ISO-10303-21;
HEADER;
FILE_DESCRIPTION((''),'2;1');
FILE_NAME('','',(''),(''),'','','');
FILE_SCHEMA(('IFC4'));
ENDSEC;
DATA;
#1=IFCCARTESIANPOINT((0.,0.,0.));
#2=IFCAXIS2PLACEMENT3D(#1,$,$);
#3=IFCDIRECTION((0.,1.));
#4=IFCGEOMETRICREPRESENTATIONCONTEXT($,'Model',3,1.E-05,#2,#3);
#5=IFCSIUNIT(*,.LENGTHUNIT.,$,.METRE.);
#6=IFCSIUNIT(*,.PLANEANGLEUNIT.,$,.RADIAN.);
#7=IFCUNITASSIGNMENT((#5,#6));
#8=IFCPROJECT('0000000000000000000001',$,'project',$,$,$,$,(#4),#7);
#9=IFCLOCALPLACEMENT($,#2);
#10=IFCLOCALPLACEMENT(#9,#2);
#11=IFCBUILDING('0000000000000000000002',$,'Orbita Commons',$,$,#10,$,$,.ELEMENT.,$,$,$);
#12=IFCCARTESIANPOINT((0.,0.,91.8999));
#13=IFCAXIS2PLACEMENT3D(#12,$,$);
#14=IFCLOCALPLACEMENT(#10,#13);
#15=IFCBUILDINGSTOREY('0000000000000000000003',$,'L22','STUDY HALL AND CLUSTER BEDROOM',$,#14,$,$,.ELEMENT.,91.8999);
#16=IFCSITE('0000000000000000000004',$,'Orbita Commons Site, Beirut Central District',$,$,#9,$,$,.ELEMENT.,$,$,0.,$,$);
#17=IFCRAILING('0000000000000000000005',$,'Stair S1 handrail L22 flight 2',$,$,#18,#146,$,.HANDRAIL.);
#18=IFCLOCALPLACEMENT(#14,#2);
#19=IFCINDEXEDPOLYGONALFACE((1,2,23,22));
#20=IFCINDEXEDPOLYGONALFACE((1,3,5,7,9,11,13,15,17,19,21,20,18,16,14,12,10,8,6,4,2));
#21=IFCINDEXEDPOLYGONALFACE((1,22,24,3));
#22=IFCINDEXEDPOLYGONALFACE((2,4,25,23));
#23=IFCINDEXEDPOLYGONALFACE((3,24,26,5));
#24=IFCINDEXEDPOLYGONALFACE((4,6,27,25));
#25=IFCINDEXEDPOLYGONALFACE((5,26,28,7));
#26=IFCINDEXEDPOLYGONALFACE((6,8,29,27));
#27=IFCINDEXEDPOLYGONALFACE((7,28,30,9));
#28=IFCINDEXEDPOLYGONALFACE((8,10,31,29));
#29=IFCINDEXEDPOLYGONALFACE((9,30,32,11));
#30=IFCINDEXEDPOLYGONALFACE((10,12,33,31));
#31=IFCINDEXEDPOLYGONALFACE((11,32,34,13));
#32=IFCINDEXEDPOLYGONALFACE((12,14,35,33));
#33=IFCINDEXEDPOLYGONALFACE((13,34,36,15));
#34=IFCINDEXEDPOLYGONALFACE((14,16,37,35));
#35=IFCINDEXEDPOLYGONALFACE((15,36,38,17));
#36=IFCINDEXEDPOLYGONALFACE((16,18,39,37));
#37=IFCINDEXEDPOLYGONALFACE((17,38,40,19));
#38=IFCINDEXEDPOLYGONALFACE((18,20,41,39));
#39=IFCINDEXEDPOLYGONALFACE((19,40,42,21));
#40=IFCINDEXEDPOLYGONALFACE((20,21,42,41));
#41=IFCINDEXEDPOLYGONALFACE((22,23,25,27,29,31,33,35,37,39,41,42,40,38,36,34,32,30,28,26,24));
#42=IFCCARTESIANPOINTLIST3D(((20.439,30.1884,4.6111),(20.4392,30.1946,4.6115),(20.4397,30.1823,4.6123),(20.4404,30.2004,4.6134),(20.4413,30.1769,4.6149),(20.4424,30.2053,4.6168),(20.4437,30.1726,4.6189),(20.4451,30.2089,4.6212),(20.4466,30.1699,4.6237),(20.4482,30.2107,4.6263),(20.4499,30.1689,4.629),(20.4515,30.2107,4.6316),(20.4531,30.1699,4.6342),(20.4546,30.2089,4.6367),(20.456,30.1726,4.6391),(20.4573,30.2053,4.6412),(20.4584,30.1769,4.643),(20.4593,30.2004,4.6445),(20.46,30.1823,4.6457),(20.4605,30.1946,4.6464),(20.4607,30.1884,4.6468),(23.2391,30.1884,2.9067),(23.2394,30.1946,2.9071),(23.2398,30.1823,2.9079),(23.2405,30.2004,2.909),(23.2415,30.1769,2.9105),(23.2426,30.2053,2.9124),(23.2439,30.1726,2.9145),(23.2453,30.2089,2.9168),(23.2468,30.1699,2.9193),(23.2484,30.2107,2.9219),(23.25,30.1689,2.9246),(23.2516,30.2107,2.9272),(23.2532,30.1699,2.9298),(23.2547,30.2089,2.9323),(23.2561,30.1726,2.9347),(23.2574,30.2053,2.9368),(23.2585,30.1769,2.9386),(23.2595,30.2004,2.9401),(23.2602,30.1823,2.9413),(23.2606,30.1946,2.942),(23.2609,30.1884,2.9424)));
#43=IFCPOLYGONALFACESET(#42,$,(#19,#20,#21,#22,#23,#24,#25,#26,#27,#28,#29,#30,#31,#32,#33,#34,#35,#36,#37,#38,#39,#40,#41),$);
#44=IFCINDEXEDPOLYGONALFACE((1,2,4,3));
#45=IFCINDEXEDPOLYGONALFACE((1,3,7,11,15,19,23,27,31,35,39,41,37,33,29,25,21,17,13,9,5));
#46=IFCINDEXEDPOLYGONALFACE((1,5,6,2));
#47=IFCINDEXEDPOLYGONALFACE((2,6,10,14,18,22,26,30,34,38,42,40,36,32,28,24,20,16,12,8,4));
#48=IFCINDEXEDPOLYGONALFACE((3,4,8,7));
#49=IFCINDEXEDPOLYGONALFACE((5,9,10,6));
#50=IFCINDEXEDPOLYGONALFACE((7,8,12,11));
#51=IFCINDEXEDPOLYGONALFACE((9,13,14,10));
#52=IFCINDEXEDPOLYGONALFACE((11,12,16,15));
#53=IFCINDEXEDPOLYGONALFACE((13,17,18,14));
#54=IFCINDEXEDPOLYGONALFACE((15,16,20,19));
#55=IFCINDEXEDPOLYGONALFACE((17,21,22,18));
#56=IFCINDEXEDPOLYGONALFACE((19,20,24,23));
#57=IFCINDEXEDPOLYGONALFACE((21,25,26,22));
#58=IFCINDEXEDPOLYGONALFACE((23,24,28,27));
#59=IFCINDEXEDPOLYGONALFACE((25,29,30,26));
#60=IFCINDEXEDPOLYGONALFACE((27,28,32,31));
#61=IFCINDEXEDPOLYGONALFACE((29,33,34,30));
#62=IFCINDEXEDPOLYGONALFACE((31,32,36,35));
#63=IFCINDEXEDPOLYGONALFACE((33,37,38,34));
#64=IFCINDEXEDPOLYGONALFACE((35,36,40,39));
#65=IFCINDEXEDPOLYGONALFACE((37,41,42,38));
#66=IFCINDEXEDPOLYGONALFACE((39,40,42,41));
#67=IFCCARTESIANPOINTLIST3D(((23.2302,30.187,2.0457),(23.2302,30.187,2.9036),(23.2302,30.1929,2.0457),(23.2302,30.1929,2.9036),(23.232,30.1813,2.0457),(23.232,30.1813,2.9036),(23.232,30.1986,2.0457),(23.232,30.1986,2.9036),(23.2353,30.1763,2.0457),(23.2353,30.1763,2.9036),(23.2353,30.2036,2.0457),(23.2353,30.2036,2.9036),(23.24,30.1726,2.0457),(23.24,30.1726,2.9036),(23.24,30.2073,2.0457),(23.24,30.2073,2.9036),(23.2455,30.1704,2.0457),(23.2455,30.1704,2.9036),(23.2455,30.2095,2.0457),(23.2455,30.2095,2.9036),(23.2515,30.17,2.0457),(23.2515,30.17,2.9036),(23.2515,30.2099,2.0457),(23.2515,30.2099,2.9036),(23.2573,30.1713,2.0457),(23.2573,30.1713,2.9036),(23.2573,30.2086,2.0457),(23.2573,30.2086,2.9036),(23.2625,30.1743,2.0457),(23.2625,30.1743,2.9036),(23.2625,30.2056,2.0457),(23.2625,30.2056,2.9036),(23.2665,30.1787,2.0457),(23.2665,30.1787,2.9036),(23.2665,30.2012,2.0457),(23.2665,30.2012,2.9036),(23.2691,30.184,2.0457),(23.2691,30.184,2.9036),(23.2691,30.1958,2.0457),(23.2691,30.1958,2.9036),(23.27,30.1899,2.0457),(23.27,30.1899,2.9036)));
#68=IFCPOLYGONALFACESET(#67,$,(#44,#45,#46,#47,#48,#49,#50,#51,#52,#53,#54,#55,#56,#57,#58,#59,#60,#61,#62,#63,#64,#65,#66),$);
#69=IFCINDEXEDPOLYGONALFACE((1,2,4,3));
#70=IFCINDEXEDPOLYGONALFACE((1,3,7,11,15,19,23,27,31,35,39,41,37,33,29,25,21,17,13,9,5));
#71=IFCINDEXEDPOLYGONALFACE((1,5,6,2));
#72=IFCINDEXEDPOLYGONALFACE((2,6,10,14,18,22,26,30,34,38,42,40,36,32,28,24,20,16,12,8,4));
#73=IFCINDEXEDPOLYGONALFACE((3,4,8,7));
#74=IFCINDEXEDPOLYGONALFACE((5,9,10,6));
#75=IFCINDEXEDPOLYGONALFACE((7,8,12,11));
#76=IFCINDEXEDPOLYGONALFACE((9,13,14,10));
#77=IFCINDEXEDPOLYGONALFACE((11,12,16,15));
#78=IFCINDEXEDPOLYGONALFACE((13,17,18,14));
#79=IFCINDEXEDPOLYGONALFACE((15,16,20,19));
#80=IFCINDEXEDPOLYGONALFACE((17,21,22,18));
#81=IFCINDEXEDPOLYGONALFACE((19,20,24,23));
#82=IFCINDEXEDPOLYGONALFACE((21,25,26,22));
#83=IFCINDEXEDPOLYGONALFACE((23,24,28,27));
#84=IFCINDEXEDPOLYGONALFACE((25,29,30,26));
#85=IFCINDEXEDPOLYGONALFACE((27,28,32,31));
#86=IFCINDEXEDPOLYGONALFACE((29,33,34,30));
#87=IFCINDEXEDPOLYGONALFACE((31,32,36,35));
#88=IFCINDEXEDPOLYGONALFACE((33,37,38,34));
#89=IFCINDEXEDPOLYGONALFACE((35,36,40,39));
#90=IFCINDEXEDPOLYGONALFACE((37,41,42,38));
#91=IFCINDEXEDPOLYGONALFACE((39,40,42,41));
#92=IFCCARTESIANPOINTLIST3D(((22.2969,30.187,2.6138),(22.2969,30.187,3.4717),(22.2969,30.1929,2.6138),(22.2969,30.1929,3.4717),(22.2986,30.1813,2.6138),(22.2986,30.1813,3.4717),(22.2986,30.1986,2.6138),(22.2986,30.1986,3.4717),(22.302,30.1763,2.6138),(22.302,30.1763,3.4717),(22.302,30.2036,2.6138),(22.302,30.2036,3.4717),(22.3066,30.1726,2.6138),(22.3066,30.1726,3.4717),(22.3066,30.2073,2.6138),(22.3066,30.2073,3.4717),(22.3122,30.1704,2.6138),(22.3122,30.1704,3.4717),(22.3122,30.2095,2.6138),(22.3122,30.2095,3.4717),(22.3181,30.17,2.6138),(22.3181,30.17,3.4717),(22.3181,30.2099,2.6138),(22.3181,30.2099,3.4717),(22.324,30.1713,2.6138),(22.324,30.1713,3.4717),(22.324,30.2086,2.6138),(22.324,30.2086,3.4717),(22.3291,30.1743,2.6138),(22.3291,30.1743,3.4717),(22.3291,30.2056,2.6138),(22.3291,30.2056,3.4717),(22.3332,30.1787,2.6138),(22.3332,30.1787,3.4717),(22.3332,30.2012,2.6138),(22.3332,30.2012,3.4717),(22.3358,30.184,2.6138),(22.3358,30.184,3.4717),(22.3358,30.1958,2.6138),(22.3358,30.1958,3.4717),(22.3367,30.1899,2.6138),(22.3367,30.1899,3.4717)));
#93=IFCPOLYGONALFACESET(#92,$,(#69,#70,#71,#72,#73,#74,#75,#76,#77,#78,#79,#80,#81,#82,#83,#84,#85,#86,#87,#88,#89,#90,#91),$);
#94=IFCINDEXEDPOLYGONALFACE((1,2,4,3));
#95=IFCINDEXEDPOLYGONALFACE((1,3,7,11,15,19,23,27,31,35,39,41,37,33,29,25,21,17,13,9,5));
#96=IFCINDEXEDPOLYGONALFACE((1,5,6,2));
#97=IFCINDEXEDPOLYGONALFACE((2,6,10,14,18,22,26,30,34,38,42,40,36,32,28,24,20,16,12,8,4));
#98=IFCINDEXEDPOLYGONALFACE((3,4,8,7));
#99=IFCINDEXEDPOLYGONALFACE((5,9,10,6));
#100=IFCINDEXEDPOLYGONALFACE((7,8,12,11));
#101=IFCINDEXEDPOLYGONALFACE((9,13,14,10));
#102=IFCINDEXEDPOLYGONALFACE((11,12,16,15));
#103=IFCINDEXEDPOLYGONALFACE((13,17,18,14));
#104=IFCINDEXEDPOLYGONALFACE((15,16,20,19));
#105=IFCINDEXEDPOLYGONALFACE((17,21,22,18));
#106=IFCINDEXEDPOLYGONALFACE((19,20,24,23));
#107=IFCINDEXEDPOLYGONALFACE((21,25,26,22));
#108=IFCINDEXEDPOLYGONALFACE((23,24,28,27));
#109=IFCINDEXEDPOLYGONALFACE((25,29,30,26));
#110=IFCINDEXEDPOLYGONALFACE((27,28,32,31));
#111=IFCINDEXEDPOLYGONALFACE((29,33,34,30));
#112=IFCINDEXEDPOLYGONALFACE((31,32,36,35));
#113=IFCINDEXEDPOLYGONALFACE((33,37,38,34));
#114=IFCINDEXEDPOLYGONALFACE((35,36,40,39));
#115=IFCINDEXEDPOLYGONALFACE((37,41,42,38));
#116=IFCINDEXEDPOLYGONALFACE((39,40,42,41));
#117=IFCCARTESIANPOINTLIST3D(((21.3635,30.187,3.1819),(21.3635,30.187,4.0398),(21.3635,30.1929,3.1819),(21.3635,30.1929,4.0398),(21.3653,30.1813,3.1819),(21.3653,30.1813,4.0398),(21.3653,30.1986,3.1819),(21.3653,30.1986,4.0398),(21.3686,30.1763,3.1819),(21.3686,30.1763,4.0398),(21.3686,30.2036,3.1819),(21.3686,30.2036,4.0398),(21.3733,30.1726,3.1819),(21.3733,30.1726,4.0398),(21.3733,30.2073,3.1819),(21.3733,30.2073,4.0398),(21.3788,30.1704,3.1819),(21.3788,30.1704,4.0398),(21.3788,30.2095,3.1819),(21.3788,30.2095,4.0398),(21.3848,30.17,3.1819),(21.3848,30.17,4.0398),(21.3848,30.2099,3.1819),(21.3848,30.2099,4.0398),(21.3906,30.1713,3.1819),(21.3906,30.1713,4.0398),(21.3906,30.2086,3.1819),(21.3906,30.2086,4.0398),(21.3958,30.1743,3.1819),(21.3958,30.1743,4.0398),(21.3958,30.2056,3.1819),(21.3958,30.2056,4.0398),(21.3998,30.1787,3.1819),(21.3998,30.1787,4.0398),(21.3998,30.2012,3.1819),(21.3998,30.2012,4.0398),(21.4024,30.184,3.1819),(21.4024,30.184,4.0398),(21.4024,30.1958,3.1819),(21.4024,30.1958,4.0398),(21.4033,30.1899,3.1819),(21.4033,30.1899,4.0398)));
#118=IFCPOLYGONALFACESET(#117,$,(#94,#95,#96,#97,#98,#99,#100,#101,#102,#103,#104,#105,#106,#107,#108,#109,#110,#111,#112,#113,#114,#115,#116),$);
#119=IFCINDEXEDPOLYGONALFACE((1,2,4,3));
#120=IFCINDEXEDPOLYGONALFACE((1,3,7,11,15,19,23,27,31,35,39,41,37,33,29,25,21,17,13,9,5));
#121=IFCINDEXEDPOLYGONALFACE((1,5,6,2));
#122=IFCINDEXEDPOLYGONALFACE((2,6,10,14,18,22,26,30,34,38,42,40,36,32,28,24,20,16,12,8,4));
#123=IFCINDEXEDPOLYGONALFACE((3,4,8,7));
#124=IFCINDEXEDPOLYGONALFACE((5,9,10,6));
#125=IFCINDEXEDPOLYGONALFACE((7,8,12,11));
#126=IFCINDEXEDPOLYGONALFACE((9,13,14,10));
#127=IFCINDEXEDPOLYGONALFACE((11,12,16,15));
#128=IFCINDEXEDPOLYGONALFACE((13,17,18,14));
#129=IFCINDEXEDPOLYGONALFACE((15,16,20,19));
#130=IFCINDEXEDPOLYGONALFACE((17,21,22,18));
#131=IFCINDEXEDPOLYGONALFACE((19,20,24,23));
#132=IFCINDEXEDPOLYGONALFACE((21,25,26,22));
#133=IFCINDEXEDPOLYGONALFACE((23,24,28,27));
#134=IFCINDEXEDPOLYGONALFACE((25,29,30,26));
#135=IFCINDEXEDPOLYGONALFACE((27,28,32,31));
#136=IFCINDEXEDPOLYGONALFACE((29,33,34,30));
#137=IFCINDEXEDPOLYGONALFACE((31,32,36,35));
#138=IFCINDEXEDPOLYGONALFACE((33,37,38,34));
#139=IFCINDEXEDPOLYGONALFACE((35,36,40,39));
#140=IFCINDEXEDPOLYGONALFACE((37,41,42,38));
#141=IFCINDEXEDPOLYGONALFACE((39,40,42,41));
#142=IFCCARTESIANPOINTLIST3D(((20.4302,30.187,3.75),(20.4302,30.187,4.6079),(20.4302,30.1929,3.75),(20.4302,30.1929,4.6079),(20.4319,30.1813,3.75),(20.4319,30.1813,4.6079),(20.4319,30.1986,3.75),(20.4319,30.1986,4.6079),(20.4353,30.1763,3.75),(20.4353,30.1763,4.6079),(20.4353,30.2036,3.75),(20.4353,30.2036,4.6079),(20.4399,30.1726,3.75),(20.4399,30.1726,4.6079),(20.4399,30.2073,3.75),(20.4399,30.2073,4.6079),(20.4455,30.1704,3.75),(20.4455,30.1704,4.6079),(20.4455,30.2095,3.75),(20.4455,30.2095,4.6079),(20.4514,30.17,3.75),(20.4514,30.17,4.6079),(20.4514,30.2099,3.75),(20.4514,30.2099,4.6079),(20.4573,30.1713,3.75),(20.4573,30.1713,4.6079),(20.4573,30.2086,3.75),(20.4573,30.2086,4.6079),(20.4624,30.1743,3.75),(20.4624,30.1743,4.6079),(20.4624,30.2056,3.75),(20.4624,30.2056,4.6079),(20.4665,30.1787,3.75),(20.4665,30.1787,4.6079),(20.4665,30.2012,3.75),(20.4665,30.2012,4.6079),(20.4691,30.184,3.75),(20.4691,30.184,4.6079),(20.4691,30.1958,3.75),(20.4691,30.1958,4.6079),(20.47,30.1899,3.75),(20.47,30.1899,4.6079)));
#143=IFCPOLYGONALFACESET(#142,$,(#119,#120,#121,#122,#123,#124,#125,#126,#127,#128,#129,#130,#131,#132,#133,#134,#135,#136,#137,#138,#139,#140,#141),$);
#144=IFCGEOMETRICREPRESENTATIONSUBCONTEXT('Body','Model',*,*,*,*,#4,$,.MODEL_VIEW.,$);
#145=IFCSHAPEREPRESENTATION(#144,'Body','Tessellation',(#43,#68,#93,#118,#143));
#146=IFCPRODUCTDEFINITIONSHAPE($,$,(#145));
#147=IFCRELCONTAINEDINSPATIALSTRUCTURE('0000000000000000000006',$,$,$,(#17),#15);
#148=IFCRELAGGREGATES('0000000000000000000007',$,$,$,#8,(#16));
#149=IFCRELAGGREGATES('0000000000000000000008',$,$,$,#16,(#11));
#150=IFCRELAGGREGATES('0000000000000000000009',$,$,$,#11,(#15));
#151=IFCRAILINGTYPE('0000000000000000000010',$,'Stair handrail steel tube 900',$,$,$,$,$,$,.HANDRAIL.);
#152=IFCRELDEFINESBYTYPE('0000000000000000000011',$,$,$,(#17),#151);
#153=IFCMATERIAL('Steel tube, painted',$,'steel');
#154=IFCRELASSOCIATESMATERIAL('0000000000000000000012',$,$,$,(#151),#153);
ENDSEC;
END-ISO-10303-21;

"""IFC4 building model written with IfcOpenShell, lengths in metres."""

from ifc_helpers import new_model, si_unit, direction, frame, origin, origin_2d, place, context, subcontext, project, spatial, circle, extrude, material, type_object, element, save


model = new_model("IFC4")

# Units and contexts
model_context = context("Model", 3, precision=1e-05, world=origin(), true_north=direction((0.0, 1.0)))
body_context = subcontext(model_context, "Body", "Model", "MODEL_VIEW")
ifc_project = project(units=[si_unit("LENGTHUNIT", "METRE"), si_unit("PLANEANGLEUNIT", "RADIAN")], contexts=[model_context])

# Site, building, storey
site_placement = place(None, origin())
site = spatial("IfcSite", under=ifc_project, at=site_placement, Name="Orbita Commons Site, Beirut Central District", CompositionType="ELEMENT", RefElevation=0.0)
building_placement = place(site_placement, origin())
building = spatial("IfcBuilding", under=site, at=building_placement, Name="Orbita Commons", CompositionType="ELEMENT")
storey_placement = place(building_placement, frame((0.0, 0.0, 91.8999)))
storey = spatial("IfcBuildingStorey", under=building, at=storey_placement, Name="L22", Description="STUDY HALL AND CLUSTER BEDROOM", CompositionType="ELEMENT", Elevation=91.8999)

# Railing
ifc_material = material(Name="Steel tube, painted", Category="steel")
railing_type = type_object("IfcRailingType", Name="Stair handrail steel tube 900", PredefinedType="HANDRAIL", material=ifc_material)
for number, where, name in (
    (1, (23.25, 30.1899, 2.0457), "Stair S1 handrail L22 flight 2"),
):
    element("IfcRailing", number, at=place(storey_placement, frame(where)), inside=storey, type_object=railing_type, Name=name, PredefinedType="HANDRAIL", context=body_context, shape_type="SweptSolid", body=[
        extrude(circle(Radius=0.021, at=origin_2d()), frame((0.0, 0.0, 0.8789), z_axis=(-0.854203, 0.0, 0.51994), x_axis=(0.0, -1.0, 0.0)), (0.0, 0.0, 1.0), 3.2781),
        extrude(circle(Radius=0.02, at=origin_2d()), origin(), (0.0, 0.0, 1.0), 0.8579),
        extrude(circle(Radius=0.02, at=origin_2d()), frame((-0.9333, 0.0, 0.5681)), (0.0, 0.0, 1.0), 0.8579),
        extrude(circle(Radius=0.02, at=origin_2d()), frame((-1.8667, 0.0, 1.1362)), (0.0, 0.0, 1.0), 0.8579),
        extrude(circle(Radius=0.02, at=origin_2d()), frame((-2.8, 0.0, 1.7043)), (0.0, 0.0, 1.0), 0.8579),
    ])

save(model, "model.ifc")
